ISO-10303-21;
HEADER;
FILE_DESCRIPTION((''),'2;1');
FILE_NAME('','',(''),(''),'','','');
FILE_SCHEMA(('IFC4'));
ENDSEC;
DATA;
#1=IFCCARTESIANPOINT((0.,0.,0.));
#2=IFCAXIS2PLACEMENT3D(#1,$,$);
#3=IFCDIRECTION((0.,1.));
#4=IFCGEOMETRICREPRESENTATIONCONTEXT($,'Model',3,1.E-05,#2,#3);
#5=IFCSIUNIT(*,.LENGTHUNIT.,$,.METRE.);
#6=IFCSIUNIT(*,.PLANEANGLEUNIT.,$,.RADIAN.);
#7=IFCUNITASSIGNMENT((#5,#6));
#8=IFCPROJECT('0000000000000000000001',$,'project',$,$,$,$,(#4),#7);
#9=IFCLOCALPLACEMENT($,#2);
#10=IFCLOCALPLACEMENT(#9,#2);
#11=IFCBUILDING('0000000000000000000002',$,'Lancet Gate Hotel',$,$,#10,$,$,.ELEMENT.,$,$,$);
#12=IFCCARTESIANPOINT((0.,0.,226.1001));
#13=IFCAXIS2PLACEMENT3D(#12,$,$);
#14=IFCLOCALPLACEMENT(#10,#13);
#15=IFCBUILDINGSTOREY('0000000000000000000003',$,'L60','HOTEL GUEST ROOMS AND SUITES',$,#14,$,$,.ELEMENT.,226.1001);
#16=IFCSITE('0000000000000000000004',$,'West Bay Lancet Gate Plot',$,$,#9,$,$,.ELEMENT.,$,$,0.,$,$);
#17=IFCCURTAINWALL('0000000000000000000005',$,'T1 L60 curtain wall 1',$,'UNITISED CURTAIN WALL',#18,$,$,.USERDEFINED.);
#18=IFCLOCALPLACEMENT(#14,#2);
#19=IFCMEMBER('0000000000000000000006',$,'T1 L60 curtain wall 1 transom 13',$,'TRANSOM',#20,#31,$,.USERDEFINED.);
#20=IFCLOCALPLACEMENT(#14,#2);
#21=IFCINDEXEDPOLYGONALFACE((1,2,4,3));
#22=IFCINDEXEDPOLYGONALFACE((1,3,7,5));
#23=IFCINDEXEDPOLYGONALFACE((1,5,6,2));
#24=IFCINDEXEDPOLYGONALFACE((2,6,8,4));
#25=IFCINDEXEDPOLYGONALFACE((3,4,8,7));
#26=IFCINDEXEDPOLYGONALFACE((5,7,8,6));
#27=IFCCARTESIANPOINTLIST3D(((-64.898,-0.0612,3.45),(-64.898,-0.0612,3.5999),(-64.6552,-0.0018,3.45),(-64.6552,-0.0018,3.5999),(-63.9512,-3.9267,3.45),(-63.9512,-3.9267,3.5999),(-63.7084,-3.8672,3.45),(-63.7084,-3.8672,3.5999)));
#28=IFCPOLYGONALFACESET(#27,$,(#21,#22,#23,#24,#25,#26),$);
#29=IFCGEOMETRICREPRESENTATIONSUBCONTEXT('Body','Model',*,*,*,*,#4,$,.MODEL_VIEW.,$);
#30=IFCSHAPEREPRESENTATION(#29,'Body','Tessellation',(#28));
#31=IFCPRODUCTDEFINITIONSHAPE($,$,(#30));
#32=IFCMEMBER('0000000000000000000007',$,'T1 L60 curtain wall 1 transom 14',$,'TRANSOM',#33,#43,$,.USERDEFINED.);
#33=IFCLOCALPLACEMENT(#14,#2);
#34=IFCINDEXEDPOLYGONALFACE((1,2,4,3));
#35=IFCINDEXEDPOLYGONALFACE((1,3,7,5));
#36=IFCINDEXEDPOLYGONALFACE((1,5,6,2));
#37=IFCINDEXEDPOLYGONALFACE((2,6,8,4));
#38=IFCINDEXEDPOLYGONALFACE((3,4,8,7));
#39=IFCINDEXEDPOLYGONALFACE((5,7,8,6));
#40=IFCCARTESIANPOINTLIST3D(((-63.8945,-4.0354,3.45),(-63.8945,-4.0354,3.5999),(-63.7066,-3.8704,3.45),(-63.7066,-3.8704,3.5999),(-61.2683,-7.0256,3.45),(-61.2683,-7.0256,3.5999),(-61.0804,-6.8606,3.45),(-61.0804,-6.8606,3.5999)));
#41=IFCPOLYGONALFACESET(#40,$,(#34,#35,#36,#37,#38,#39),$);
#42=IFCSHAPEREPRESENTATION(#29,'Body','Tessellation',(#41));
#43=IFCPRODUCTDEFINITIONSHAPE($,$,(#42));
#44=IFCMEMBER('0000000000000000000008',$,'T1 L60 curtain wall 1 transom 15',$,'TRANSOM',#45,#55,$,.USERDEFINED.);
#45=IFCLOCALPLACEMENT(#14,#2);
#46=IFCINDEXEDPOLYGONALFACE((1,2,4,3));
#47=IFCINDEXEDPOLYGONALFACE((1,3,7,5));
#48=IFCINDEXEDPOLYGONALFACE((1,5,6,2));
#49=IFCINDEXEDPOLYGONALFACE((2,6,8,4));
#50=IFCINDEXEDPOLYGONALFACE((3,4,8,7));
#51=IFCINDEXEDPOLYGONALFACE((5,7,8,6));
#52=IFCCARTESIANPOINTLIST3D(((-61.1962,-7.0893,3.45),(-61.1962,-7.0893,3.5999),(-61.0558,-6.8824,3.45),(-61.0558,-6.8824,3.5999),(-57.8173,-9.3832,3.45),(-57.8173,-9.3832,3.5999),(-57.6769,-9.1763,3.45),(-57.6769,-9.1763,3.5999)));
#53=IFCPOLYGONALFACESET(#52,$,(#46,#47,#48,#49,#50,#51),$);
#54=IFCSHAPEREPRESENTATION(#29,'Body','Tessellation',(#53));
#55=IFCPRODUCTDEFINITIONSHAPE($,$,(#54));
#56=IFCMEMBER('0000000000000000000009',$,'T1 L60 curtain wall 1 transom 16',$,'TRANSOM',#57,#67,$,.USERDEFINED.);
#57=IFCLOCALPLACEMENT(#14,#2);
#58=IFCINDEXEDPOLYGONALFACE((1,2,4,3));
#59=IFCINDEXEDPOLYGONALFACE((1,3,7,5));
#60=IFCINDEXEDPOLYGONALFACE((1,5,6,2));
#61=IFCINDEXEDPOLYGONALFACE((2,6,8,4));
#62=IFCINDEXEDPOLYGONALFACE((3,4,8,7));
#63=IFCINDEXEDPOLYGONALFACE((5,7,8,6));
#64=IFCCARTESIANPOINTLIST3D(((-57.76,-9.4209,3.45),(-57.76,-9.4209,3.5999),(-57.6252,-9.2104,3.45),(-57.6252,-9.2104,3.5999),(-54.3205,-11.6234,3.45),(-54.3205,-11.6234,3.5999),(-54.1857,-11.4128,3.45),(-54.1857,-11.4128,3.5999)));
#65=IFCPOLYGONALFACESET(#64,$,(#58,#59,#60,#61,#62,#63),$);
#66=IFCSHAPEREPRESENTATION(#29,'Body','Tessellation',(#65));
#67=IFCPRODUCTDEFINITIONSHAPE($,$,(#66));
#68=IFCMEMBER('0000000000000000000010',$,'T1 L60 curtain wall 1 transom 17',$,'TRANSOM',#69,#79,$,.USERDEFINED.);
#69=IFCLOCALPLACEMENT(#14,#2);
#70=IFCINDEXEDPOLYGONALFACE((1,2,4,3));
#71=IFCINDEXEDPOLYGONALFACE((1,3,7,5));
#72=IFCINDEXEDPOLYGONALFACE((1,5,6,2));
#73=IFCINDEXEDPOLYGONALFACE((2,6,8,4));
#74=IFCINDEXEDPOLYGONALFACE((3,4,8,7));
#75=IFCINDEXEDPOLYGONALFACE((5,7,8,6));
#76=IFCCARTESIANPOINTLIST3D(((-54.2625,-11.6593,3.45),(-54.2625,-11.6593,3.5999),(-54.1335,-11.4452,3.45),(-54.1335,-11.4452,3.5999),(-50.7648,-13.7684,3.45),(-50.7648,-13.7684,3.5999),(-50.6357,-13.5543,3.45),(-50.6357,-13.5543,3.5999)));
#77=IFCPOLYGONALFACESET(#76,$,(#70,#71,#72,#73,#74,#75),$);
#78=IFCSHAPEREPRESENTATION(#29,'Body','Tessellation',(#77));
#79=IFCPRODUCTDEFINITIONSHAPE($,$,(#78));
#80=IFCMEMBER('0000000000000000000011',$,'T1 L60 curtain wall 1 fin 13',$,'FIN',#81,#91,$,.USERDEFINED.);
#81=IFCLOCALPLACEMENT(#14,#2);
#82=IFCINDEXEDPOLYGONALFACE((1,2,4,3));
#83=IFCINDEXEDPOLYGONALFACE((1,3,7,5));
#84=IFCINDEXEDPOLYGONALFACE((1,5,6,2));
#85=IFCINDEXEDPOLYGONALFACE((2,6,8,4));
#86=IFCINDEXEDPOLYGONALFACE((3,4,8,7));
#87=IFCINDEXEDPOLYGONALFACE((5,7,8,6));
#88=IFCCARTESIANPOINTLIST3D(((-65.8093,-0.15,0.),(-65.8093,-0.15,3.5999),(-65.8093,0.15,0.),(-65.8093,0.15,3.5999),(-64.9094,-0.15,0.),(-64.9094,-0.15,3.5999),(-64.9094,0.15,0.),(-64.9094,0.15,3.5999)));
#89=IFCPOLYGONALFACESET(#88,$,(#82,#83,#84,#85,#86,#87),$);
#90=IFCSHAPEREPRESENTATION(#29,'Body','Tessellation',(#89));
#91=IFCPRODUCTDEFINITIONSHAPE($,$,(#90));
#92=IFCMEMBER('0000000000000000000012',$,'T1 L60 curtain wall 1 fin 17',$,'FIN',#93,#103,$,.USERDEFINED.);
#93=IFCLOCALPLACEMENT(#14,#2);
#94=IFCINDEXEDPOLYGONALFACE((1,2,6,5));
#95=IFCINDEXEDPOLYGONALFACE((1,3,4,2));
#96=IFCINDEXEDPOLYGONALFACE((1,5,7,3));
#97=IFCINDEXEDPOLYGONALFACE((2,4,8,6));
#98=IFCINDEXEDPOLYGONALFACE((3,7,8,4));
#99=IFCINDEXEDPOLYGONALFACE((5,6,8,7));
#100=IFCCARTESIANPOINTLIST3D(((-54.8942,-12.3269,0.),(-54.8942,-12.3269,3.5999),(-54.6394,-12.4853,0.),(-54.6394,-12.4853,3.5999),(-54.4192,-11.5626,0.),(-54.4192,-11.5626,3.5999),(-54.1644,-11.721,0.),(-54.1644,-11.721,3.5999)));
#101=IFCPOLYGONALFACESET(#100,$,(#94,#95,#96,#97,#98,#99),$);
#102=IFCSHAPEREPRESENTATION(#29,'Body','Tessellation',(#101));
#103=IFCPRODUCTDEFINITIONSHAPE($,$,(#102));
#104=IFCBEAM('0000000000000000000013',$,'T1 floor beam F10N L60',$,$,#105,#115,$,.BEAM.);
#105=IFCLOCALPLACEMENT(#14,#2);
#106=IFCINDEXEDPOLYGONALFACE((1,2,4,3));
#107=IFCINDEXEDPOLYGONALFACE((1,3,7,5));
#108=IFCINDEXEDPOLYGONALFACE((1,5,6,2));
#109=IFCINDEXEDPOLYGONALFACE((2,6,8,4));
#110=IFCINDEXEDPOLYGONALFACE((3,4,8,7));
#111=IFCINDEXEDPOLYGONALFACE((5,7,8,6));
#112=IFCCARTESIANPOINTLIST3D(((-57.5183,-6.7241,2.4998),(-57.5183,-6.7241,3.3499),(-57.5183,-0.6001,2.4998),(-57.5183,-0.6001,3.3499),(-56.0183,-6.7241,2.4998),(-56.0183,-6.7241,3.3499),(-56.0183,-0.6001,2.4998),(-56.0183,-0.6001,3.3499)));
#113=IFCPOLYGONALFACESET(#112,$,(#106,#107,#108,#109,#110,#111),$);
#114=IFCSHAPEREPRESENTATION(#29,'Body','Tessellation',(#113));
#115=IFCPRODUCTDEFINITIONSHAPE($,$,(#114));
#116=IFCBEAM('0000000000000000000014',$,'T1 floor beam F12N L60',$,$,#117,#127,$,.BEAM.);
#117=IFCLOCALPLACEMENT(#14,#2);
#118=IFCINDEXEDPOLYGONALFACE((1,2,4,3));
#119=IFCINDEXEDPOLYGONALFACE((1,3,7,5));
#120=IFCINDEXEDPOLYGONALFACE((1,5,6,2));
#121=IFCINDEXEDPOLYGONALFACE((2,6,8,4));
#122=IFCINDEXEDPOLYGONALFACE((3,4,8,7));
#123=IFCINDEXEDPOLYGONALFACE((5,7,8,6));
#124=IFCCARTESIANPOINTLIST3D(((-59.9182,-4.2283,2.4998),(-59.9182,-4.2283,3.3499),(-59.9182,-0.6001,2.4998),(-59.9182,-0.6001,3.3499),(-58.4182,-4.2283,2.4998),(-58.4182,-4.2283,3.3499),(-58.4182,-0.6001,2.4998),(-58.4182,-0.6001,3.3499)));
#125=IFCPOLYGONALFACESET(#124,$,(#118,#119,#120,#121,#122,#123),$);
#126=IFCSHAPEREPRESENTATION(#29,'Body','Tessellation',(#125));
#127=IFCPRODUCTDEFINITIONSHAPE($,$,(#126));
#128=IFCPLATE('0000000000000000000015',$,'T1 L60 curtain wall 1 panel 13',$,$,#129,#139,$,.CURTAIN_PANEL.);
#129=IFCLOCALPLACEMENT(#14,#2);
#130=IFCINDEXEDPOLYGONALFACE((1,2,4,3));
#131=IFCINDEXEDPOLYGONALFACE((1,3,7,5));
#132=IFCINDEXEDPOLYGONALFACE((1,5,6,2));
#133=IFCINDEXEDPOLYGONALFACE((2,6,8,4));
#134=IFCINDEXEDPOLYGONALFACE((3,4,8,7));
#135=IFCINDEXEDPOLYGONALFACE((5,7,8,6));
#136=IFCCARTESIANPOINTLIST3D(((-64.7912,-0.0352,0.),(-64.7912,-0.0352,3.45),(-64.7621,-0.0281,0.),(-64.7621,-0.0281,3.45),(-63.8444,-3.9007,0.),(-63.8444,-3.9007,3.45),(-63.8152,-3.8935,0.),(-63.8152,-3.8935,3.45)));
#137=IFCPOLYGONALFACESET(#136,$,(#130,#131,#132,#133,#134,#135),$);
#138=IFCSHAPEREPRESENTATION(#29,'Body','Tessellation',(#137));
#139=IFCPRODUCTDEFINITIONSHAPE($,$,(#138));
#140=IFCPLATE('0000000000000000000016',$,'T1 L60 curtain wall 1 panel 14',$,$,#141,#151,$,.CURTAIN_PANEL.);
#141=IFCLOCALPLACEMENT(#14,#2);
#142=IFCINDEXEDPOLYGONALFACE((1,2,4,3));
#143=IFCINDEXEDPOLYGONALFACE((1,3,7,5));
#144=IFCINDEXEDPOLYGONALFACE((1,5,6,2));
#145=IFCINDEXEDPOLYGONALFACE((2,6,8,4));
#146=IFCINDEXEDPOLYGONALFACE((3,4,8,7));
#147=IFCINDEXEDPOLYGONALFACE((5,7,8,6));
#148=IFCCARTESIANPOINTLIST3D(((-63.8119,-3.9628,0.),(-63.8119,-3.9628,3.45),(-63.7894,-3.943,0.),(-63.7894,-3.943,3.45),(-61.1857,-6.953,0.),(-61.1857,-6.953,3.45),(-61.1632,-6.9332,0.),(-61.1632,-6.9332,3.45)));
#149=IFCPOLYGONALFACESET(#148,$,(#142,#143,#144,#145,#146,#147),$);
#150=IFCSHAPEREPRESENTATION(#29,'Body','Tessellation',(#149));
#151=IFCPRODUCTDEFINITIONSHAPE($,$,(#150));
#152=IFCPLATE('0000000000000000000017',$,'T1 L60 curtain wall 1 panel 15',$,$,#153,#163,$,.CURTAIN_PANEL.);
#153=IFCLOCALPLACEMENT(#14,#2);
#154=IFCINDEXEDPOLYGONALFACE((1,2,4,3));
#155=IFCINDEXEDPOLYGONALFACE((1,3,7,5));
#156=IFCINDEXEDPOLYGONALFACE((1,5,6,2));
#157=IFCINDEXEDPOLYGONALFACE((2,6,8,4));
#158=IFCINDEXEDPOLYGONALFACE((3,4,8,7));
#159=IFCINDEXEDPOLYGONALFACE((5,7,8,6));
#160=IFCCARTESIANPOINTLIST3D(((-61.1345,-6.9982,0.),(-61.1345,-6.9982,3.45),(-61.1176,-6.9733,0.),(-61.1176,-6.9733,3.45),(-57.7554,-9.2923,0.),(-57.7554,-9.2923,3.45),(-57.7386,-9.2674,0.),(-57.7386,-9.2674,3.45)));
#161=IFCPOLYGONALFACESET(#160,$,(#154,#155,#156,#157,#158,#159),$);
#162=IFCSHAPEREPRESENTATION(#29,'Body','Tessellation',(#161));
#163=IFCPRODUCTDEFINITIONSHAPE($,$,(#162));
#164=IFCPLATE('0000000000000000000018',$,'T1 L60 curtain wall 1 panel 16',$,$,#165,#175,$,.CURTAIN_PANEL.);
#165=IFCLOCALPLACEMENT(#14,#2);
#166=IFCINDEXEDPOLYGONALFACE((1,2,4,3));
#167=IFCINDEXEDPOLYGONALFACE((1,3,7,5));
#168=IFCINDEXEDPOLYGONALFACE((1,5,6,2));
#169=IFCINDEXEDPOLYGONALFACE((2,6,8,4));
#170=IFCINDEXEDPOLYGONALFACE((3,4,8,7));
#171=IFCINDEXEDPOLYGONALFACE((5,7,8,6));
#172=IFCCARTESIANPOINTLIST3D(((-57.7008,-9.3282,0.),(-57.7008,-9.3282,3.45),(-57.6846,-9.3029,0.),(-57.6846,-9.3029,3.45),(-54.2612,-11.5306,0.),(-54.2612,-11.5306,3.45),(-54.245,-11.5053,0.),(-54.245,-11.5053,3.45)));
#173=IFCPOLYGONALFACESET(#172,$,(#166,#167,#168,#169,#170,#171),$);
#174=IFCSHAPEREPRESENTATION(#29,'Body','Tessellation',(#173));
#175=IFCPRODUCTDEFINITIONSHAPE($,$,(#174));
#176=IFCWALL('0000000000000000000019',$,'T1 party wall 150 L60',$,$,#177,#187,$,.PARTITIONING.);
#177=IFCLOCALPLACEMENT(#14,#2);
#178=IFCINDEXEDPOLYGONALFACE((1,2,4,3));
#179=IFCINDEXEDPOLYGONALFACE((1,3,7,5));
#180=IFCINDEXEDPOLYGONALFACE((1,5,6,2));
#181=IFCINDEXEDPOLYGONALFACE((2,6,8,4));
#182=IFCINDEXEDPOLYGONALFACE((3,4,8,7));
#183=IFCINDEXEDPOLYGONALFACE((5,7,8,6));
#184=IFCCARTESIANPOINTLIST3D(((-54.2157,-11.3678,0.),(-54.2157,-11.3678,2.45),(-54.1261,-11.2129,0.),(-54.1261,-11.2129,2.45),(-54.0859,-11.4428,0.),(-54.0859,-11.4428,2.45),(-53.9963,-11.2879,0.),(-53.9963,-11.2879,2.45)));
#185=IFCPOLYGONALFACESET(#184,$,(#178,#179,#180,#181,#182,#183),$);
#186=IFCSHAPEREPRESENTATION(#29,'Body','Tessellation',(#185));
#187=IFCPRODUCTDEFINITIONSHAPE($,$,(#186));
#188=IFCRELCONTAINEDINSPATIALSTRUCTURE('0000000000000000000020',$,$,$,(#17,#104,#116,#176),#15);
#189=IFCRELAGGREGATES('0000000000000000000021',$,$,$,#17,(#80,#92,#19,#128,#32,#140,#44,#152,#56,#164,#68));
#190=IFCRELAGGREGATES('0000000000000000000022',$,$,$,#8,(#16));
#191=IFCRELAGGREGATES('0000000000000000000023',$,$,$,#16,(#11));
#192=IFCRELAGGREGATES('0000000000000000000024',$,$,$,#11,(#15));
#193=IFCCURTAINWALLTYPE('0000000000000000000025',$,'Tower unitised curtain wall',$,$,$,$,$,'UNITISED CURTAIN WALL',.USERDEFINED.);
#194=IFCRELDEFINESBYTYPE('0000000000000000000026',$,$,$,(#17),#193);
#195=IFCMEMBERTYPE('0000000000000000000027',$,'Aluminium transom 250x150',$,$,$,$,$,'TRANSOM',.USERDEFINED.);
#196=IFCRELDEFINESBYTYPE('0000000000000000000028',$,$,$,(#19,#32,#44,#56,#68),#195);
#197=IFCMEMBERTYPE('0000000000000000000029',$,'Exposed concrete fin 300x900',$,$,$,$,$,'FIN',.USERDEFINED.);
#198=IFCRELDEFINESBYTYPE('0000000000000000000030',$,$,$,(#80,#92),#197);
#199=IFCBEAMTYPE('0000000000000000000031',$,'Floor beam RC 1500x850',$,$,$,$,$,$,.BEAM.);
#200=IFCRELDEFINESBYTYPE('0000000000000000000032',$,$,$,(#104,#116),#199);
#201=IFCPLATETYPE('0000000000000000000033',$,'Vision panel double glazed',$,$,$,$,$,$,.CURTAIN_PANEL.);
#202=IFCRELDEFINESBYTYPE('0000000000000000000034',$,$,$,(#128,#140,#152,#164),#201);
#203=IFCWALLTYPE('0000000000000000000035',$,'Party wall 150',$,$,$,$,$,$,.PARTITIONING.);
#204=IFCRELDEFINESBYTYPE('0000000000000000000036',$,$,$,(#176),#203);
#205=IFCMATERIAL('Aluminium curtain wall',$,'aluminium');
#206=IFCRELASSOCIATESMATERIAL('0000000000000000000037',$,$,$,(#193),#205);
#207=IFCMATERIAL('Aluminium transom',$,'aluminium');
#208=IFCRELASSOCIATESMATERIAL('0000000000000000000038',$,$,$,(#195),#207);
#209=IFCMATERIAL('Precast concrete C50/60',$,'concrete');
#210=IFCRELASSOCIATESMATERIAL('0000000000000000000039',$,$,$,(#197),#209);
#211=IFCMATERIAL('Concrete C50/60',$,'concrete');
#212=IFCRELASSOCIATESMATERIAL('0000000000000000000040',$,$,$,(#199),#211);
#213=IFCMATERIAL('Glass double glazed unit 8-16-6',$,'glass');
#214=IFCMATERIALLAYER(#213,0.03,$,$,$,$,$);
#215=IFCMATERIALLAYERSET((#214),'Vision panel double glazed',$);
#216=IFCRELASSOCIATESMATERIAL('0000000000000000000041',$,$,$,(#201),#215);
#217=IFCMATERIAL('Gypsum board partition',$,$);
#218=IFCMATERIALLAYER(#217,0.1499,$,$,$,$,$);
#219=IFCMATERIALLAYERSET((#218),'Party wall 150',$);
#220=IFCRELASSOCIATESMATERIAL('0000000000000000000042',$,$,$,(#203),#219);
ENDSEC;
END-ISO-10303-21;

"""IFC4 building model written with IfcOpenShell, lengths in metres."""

from ifc_helpers import new_model, si_unit, direction, frame, frame_2d, origin, origin_2d, place, context, subcontext, project, spatial, rectangle, extrude, material, layer, layer_set, material_profile, profile_set, type_object, element, aggregate, save


model = new_model("IFC4")

# Units and contexts
model_context = context("Model", 3, precision=1e-05, world=origin(), true_north=direction((0.0, 1.0)))
body_context = subcontext(model_context, "Body", "Model", "MODEL_VIEW")
ifc_project = project(units=[si_unit("LENGTHUNIT", "METRE"), si_unit("PLANEANGLEUNIT", "RADIAN")], contexts=[model_context])

# Site, building, storey
site_placement = place(None, origin())
site = spatial("IfcSite", under=ifc_project, at=site_placement, Name="West Bay Lancet Gate Plot", CompositionType="ELEMENT", RefElevation=0.0)
building_placement = place(site_placement, origin())
building = spatial("IfcBuilding", under=site, at=building_placement, Name="Lancet Gate Hotel", CompositionType="ELEMENT")
storey_placement = place(building_placement, frame((0.0, 0.0, 226.1001)))
storey = spatial("IfcBuildingStorey", under=building, at=storey_placement, Name="L60", Description="HOTEL GUEST ROOMS AND SUITES", CompositionType="ELEMENT", Elevation=226.1001)

# Curtain wall, members
ifc_material_1 = material(Name="Aluminium curtain wall", Category="aluminium")
curtain_wall_type = type_object("IfcCurtainWallType", Name="Tower unitised curtain wall", ElementType="UNITISED CURTAIN WALL", PredefinedType="USERDEFINED", material=ifc_material_1)
curtain_wall_placement = place(storey_placement, origin())
curtain_wall = element("IfcCurtainWall", 1, at=curtain_wall_placement, inside=storey, type_object=curtain_wall_type, Name="T1 L60 curtain wall 1", ObjectType="UNITISED CURTAIN WALL", PredefinedType="USERDEFINED")
ifc_material_2 = material(Name="Aluminium transom", Category="aluminium")
ifc_material_profile_1 = material_profile(ifc_material_2, rectangle(XDim=0.25, YDim=0.1499, at=origin_2d()), Name="TRANSOM 250x150")
ifc_profile_set_1 = profile_set([ifc_material_profile_1], Name="Aluminium transom")
member_type_1 = type_object("IfcMemberType", Name="Aluminium transom 250x150", ElementType="TRANSOM", PredefinedType="USERDEFINED", material=ifc_profile_set_1)
member_1_placement = place(storey_placement, frame((-64.7766, -0.0315, 3.5249), z_axis=(0.237899, -0.97129, 0.0), x_axis=(0.97129, 0.237899, 0.0)))
member_1 = element("IfcMember", 2, at=member_1_placement, type_object=member_type_1, Name="T1 L60 curtain wall 1 transom 13", ObjectType="TRANSOM", PredefinedType="USERDEFINED", context=body_context, shape_type="SweptSolid", body=[
    extrude(rectangle(XDim=0.25, YDim=0.1499, at=origin_2d()), origin(), (0.0, 0.0, 1.0), 3.9797),
])
member_2_placement = place(storey_placement, frame((-63.8005, -3.9529, 3.5249), z_axis=(0.659893, -0.751359, 0.0), x_axis=(0.751359, 0.659893, 0.0)))
member_2 = element("IfcMember", 3, at=member_2_placement, type_object=member_type_1, Name="T1 L60 curtain wall 1 transom 14", ObjectType="TRANSOM", PredefinedType="USERDEFINED", context=body_context, shape_type="SweptSolid", body=[
    extrude(rectangle(XDim=0.25, YDim=0.1499, at=origin_2d()), origin(), (0.0, 0.0, 1.0), 3.9797),
])
member_3_placement = place(storey_placement, frame((-61.126, -6.9858, 3.5249), z_axis=(0.827349, -0.561689, 0.0), x_axis=(0.561689, 0.827349, 0.0)))
member_3 = element("IfcMember", 4, at=member_3_placement, type_object=member_type_1, Name="T1 L60 curtain wall 1 transom 15", ObjectType="TRANSOM", PredefinedType="USERDEFINED", context=body_context, shape_type="SweptSolid", body=[
    extrude(rectangle(XDim=0.25, YDim=0.1499, at=origin_2d()), origin(), (0.0, 0.0, 1.0), 4.084),
])
member_4_placement = place(storey_placement, frame((-57.6926, -9.3157, 3.5249), z_axis=(0.842144, -0.539252, 0.0), x_axis=(0.539252, 0.842144, 0.0)))
member_4 = element("IfcMember", 5, at=member_4_placement, type_object=member_type_1, Name="T1 L60 curtain wall 1 transom 16", ObjectType="TRANSOM", PredefinedType="USERDEFINED", context=body_context, shape_type="SweptSolid", body=[
    extrude(rectangle(XDim=0.25, YDim=0.1499, at=origin_2d()), origin(), (0.0, 0.0, 1.0), 4.0842),
])
member_5_placement = place(storey_placement, frame((-54.198, -11.5522, 3.5249), z_axis=(0.856362, -0.516376, 0.0), x_axis=(0.516376, 0.856362, 0.0)))
member_5 = element("IfcMember", 6, at=member_5_placement, type_object=member_type_1, Name="T1 L60 curtain wall 1 transom 17", ObjectType="TRANSOM", PredefinedType="USERDEFINED", context=body_context, shape_type="SweptSolid", body=[
    extrude(rectangle(XDim=0.25, YDim=0.1499, at=origin_2d()), origin(), (0.0, 0.0, 1.0), 4.0845),
])
ifc_material_3 = material(Name="Precast concrete C50/60", Category="concrete")
ifc_material_profile_2 = material_profile(ifc_material_3, rectangle(XDim=0.3, YDim=0.8999, at=origin_2d()), Name="FIN 300x900")
ifc_profile_set_2 = profile_set([ifc_material_profile_2], Name="Precast concrete C50/60")
member_type_2 = type_object("IfcMemberType", Name="Exposed concrete fin 300x900", ElementType="FIN", PredefinedType="USERDEFINED", material=ifc_profile_set_2)
member_6_placement = place(storey_placement, frame((-65.3594, 0.0, 0.0), z_axis=(0.0, 0.0, 1.0), x_axis=(0.0, -1.0, 0.0)))
member_6 = element("IfcMember", 7, at=member_6_placement, type_object=member_type_2, Name="T1 L60 curtain wall 1 fin 13", ObjectType="FIN", PredefinedType="USERDEFINED", context=body_context, shape_type="SweptSolid", body=[
    extrude(rectangle(XDim=0.3, YDim=0.8999, at=origin_2d()), origin(), (0.0, 0.0, 1.0), 3.5999),
])
member_7_placement = place(storey_placement, frame((-54.5293, -12.0239, 0.0), z_axis=(0.0, 0.0, 1.0), x_axis=(0.849342, -0.527842, 0.0)))
member_7 = element("IfcMember", 8, at=member_7_placement, type_object=member_type_2, Name="T1 L60 curtain wall 1 fin 17", ObjectType="FIN", PredefinedType="USERDEFINED", context=body_context, shape_type="SweptSolid", body=[
    extrude(rectangle(XDim=0.3, YDim=0.8999, at=origin_2d()), origin(), (0.0, 0.0, 1.0), 3.5999),
])

# Beams
ifc_material_4 = material(Name="Concrete C50/60", Category="concrete")
ifc_material_profile_3 = material_profile(ifc_material_4, rectangle(XDim=1.5, YDim=0.8501, at=origin_2d()), Name="RC 1500x850")
ifc_profile_set_3 = profile_set([ifc_material_profile_3], Name="Concrete C50/60")
beam_type = type_object("IfcBeamType", Name="Floor beam RC 1500x850", PredefinedType="BEAM", material=ifc_profile_set_3)
beam_1_placement = place(storey_placement, frame((-56.7683, -0.6001, 2.9248), z_axis=(0.0, -1.0, 0.0), x_axis=(1.0, 0.0, 0.0)))
element("IfcBeam", 9, at=beam_1_placement, inside=storey, type_object=beam_type, Name="T1 floor beam F10N L60", PredefinedType="BEAM", context=body_context, shape_type="SweptSolid", body=[
    extrude(rectangle(XDim=1.5, YDim=0.8501, at=origin_2d()), origin(), (0.0, 0.0, 1.0), 6.124),
])
beam_2_placement = place(storey_placement, frame((-59.1682, -0.6001, 2.9248), z_axis=(0.0, -1.0, 0.0), x_axis=(1.0, 0.0, 0.0)))
element("IfcBeam", 10, at=beam_2_placement, inside=storey, type_object=beam_type, Name="T1 floor beam F12N L60", PredefinedType="BEAM", context=body_context, shape_type="SweptSolid", body=[
    extrude(rectangle(XDim=1.5, YDim=0.8501, at=origin_2d()), origin(), (0.0, 0.0, 1.0), 3.6282),
])

# Plates
ifc_material_5 = material(Name="Glass double glazed unit 8-16-6", Category="glass")
ifc_layer_1 = layer(ifc_material_5, 0.03)
ifc_layer_set_1 = layer_set([ifc_layer_1], Name="Vision panel double glazed")
plate_type = type_object("IfcPlateType", Name="Vision panel double glazed", PredefinedType="CURTAIN_PANEL", material=ifc_layer_set_1)
plate_1_placement = place(storey_placement, frame((-64.3032, -1.9644, 0.0), z_axis=(0.0, 0.0, 1.0), x_axis=(0.237921, -0.971285, 0.0)))
plate_1 = element("IfcPlate", 11, at=plate_1_placement, type_object=plate_type, Name="T1 L60 curtain wall 1 panel 13", PredefinedType="CURTAIN_PANEL", context=body_context, shape_type="SweptSolid", body=[
    extrude(rectangle(XDim=3.9797, YDim=0.03, at=origin_2d()), origin(), (0.0, 0.0, 1.0), 3.45),
])
plate_2_placement = place(storey_placement, frame((-62.4875, -5.448, 0.0), z_axis=(0.0, 0.0, 1.0), x_axis=(0.659892, -0.751361, 0.0)))
plate_2 = element("IfcPlate", 12, at=plate_2_placement, type_object=plate_type, Name="T1 L60 curtain wall 1 panel 14", PredefinedType="CURTAIN_PANEL", context=body_context, shape_type="SweptSolid", body=[
    extrude(rectangle(XDim=3.9797, YDim=0.03, at=origin_2d()), origin(), (0.0, 0.0, 1.0), 3.45),
])
plate_3_placement = place(storey_placement, frame((-59.4365, -8.1328, 0.0), z_axis=(0.0, 0.0, 1.0), x_axis=(0.827342, -0.561698, 0.0)))
plate_3 = element("IfcPlate", 13, at=plate_3_placement, type_object=plate_type, Name="T1 L60 curtain wall 1 panel 15", PredefinedType="CURTAIN_PANEL", context=body_context, shape_type="SweptSolid", body=[
    extrude(rectangle(XDim=4.0842, YDim=0.03, at=origin_2d()), origin(), (0.0, 0.0, 1.0), 3.45),
])
plate_4_placement = place(storey_placement, frame((-55.9729, -10.4167, 0.0), z_axis=(0.0, 0.0, 1.0), x_axis=(0.842161, -0.539226, 0.0)))
plate_4 = element("IfcPlate", 14, at=plate_4_placement, type_object=plate_type, Name="T1 L60 curtain wall 1 panel 16", PredefinedType="CURTAIN_PANEL", context=body_context, shape_type="SweptSolid", body=[
    extrude(rectangle(XDim=4.0842, YDim=0.03, at=origin_2d()), origin(), (0.0, 0.0, 1.0), 3.45),
])
aggregate(curtain_wall, [member_6, member_7, member_1, plate_1, member_2, plate_2, member_3, plate_3, member_4, plate_4, member_5])

# Wall
ifc_material_6 = material(Name="Gypsum board partition")
ifc_layer_2 = layer(ifc_material_6, 0.1499)
ifc_layer_set_2 = layer_set([ifc_layer_2], Name="Party wall 150")
wall_type = type_object("IfcWallType", Name="Party wall 150", PredefinedType="PARTITIONING", material=ifc_layer_set_2)
wall_placement = place(storey_placement, frame((-54.0613, -11.2505, 0.0), z_axis=(0.0, 0.0, 1.0), x_axis=(-0.500391, -0.865799, 0.0)))
element("IfcWall", 15, at=wall_placement, inside=storey, type_object=wall_type, Name="T1 party wall 150 L60", PredefinedType="PARTITIONING", context=body_context, shape_type="SweptSolid", body=[
    extrude(rectangle(XDim=0.179, YDim=0.1499, at=frame_2d((0.0894, 0.0))), origin(), (0.0, 0.0, 1.0), 2.45),
])

save(model, "model.ifc")
